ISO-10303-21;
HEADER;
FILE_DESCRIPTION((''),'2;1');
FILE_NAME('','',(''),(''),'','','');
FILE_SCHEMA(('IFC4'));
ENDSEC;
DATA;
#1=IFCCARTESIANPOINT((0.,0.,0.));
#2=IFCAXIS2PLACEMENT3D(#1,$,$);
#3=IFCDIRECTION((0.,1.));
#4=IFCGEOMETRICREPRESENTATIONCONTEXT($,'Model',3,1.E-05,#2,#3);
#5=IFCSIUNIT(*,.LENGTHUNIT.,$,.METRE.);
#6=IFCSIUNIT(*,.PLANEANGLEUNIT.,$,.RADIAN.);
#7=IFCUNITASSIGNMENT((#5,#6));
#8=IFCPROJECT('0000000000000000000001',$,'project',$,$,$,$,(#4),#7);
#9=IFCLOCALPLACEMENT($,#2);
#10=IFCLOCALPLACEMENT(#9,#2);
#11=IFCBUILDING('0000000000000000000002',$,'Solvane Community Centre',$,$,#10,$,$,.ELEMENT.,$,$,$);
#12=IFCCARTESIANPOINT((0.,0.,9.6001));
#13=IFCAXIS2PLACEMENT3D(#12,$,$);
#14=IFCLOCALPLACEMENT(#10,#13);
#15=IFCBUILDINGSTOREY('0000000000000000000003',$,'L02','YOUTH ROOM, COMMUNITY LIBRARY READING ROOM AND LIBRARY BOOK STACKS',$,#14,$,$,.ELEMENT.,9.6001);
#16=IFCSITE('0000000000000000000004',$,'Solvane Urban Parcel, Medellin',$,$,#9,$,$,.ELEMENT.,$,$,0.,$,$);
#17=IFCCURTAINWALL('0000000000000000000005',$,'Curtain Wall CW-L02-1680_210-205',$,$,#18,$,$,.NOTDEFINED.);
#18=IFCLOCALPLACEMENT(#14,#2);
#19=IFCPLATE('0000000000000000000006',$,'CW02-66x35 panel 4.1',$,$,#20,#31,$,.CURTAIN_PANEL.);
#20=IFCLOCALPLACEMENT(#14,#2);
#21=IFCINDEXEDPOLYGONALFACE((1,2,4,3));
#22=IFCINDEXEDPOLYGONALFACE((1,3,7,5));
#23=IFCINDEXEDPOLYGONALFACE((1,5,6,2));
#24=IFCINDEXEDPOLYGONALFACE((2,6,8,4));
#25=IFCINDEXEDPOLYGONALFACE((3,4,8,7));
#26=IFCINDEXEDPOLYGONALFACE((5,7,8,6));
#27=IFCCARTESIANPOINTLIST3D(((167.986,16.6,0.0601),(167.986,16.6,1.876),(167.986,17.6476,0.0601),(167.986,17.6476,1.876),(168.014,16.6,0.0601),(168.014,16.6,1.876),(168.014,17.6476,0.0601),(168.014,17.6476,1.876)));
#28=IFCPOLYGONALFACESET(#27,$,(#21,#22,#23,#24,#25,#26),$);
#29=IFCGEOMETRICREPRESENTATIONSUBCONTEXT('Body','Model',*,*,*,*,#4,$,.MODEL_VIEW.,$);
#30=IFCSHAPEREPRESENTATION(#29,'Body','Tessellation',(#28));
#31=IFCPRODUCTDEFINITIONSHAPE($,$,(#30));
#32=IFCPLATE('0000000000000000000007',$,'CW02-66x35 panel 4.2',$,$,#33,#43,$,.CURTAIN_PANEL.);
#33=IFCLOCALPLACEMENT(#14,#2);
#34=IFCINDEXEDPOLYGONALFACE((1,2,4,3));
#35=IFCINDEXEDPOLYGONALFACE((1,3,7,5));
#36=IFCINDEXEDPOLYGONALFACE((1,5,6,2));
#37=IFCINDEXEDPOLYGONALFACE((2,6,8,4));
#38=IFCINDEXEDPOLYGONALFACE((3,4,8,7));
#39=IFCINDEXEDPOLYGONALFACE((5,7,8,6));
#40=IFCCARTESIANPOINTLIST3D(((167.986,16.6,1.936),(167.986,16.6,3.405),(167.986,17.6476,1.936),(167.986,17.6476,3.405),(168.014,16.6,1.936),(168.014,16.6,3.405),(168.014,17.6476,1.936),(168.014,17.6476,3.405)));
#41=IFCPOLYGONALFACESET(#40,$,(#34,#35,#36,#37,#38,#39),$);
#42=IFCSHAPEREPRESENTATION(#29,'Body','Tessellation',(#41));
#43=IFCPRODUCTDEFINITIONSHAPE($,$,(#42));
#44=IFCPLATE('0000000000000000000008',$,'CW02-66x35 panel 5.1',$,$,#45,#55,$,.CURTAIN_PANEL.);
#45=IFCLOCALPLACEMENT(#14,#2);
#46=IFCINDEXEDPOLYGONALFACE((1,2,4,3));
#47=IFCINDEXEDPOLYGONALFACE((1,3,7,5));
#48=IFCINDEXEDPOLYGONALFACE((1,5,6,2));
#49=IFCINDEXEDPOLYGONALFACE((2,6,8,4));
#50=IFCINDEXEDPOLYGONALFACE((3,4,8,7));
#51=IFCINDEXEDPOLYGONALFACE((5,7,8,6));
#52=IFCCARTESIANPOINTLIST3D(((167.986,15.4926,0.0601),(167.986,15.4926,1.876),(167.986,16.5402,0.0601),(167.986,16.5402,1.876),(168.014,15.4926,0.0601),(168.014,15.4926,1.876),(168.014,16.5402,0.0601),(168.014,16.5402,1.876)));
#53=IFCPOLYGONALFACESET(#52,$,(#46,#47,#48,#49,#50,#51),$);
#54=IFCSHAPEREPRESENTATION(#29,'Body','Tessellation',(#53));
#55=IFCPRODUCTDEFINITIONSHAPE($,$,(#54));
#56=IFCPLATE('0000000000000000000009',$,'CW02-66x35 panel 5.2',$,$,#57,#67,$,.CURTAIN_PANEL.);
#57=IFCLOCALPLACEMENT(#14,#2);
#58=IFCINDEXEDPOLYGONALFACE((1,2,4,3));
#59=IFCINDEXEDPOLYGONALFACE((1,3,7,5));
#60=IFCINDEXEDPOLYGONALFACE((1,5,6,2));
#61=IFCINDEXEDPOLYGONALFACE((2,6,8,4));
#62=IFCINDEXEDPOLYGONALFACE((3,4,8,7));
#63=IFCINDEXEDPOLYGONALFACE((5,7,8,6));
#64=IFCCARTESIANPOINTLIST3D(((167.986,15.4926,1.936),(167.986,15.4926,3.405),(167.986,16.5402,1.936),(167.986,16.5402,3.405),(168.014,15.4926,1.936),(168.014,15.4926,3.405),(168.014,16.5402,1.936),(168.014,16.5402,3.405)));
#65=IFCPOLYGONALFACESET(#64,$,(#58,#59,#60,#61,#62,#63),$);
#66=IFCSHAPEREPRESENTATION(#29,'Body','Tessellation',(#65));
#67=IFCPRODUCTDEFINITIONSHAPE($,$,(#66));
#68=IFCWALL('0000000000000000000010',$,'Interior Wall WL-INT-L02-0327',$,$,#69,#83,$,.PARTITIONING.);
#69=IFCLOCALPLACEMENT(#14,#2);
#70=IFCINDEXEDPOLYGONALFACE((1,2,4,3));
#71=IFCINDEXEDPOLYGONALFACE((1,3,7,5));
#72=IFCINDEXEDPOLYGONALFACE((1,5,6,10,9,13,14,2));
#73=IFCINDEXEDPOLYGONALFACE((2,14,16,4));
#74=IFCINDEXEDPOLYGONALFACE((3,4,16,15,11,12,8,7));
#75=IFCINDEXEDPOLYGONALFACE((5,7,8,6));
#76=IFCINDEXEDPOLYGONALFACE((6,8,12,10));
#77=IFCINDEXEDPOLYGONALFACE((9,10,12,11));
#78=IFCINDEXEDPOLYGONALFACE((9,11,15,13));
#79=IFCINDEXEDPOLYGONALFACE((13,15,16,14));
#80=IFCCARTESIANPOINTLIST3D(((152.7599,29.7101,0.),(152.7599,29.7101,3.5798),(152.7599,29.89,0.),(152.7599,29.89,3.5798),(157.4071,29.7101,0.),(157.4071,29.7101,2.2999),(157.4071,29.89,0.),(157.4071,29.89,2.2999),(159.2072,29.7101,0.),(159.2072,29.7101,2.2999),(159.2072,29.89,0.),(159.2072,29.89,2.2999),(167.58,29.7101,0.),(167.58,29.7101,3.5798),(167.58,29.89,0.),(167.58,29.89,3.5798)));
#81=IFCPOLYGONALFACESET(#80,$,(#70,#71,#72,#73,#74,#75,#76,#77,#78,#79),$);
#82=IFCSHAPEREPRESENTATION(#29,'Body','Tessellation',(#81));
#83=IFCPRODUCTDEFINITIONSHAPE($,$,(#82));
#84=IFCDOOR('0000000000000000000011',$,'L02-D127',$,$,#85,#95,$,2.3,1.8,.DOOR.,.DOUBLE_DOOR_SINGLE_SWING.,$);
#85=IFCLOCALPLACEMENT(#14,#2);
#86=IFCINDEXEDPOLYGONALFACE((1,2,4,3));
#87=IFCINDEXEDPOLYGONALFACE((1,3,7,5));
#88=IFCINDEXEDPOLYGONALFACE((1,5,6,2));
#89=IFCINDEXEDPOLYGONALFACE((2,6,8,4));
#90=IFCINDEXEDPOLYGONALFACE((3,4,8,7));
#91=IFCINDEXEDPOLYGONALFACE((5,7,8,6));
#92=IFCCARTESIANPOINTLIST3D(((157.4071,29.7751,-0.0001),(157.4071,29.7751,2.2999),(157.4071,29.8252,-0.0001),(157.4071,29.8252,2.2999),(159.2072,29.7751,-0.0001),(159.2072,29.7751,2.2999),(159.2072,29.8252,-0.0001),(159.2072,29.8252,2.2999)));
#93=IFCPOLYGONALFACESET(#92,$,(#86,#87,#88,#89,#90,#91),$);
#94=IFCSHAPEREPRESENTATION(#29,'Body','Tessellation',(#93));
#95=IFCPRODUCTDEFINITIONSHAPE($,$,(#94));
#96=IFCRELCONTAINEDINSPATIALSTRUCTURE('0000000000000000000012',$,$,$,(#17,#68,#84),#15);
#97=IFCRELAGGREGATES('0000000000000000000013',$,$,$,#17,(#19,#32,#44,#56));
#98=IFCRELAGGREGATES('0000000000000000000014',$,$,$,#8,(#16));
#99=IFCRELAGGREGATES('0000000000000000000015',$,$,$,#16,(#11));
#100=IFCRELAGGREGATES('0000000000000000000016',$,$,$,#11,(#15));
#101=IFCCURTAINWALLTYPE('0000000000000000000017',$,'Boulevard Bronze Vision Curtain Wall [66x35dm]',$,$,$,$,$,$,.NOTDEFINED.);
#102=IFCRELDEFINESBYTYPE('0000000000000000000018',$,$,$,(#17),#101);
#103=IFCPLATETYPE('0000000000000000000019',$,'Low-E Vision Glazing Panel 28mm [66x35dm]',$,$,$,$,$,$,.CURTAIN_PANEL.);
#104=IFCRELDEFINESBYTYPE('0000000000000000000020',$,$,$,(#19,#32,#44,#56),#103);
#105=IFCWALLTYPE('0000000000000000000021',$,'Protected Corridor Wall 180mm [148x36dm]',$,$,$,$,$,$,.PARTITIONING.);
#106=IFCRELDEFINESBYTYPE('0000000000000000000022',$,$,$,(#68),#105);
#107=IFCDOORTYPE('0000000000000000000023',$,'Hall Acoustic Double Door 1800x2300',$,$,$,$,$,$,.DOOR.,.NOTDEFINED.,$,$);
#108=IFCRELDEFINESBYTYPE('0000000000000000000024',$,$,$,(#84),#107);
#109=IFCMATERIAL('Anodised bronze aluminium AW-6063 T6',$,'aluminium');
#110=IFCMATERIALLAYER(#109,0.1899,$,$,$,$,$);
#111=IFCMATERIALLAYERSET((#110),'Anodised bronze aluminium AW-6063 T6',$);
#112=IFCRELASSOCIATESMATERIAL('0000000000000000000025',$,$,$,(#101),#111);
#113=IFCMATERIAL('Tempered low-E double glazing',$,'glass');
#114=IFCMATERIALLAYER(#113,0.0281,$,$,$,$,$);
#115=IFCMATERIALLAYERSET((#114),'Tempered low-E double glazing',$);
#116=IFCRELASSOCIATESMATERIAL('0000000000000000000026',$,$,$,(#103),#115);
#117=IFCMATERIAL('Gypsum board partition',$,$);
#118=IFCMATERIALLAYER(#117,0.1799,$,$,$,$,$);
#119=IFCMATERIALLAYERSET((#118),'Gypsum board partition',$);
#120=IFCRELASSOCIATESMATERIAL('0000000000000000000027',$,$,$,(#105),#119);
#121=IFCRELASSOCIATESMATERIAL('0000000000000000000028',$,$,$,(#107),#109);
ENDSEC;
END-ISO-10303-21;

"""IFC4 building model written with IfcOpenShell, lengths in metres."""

from ifc_helpers import new_model, si_unit, direction, frame, frame_2d, origin, origin_2d, place, context, subcontext, project, spatial, rectangle, extrude, material, layer, layer_set, type_object, element, fill, aggregate, save


model = new_model("IFC4")

# Units and contexts
model_context = context("Model", 3, precision=1e-05, world=origin(), true_north=direction((0.0, 1.0)))
body_context = subcontext(model_context, "Body", "Model", "MODEL_VIEW")
ifc_project = project(units=[si_unit("LENGTHUNIT", "METRE"), si_unit("PLANEANGLEUNIT", "RADIAN")], contexts=[model_context])

# Site, building, storey
site_placement = place(None, origin())
site = spatial("IfcSite", under=ifc_project, at=site_placement, Name="Solvane Urban Parcel, Medellin", CompositionType="ELEMENT", RefElevation=0.0)
building_placement = place(site_placement, origin())
building = spatial("IfcBuilding", under=site, at=building_placement, Name="Solvane Community Centre", CompositionType="ELEMENT")
storey_placement = place(building_placement, frame((0.0, 0.0, 9.6001)))
storey = spatial("IfcBuildingStorey", under=building, at=storey_placement, Name="L02", Description="YOUTH ROOM, COMMUNITY LIBRARY READING ROOM AND LIBRARY BOOK STACKS", CompositionType="ELEMENT", Elevation=9.6001)

# Curtain wall
ifc_material_1 = material(Name="Anodised bronze aluminium AW-6063 T6", Category="aluminium")
ifc_layer_1 = layer(ifc_material_1, 0.1899)
ifc_layer_set_1 = layer_set([ifc_layer_1], Name="Anodised bronze aluminium AW-6063 T6")
curtain_wall_type = type_object("IfcCurtainWallType", Name="Boulevard Bronze Vision Curtain Wall [66x35dm]", PredefinedType="NOTDEFINED", material=ifc_layer_set_1)
curtain_wall_placement = place(storey_placement, origin())
curtain_wall = element("IfcCurtainWall", 1, at=curtain_wall_placement, inside=storey, type_object=curtain_wall_type, Name="Curtain Wall CW-L02-1680_210-205", PredefinedType="NOTDEFINED")

# Plates
ifc_material_2 = material(Name="Tempered low-E double glazing", Category="glass")
ifc_layer_2 = layer(ifc_material_2, 0.0281)
ifc_layer_set_2 = layer_set([ifc_layer_2], Name="Tempered low-E double glazing")
plate_type = type_object("IfcPlateType", Name="Low-E Vision Glazing Panel 28mm [66x35dm]", PredefinedType="CURTAIN_PANEL", material=ifc_layer_set_2)
plate_1_placement = place(storey_placement, frame((168.0, 17.1238, 0.0601), z_axis=(0.0, 0.0, 1.0), x_axis=(0.0, -1.0, 0.0)))
plate_1 = element("IfcPlate", 2, at=plate_1_placement, type_object=plate_type, Name="CW02-66x35 panel 4.1", PredefinedType="CURTAIN_PANEL", context=body_context, shape_type="SweptSolid", body=[
    extrude(rectangle(XDim=1.0476, YDim=0.0281, at=origin_2d()), origin(), (0.0, 0.0, 1.0), 1.8159),
])
plate_2_placement = place(storey_placement, frame((168.0, 17.1238, 1.936), z_axis=(0.0, 0.0, 1.0), x_axis=(0.0, -1.0, 0.0)))
plate_2 = element("IfcPlate", 3, at=plate_2_placement, type_object=plate_type, Name="CW02-66x35 panel 4.2", PredefinedType="CURTAIN_PANEL", context=body_context, shape_type="SweptSolid", body=[
    extrude(rectangle(XDim=1.0476, YDim=0.0281, at=origin_2d()), origin(), (0.0, 0.0, 1.0), 1.469),
])
plate_3_placement = place(storey_placement, frame((168.0, 16.0164, 0.0601), z_axis=(0.0, 0.0, 1.0), x_axis=(0.0, -1.0, 0.0)))
plate_3 = element("IfcPlate", 4, at=plate_3_placement, type_object=plate_type, Name="CW02-66x35 panel 5.1", PredefinedType="CURTAIN_PANEL", context=body_context, shape_type="SweptSolid", body=[
    extrude(rectangle(XDim=1.0476, YDim=0.0281, at=origin_2d()), origin(), (0.0, 0.0, 1.0), 1.8159),
])
plate_4_placement = place(storey_placement, frame((168.0, 16.0164, 1.936), z_axis=(0.0, 0.0, 1.0), x_axis=(0.0, -1.0, 0.0)))
plate_4 = element("IfcPlate", 5, at=plate_4_placement, type_object=plate_type, Name="CW02-66x35 panel 5.2", PredefinedType="CURTAIN_PANEL", context=body_context, shape_type="SweptSolid", body=[
    extrude(rectangle(XDim=1.0476, YDim=0.0281, at=origin_2d()), origin(), (0.0, 0.0, 1.0), 1.469),
])
aggregate(curtain_wall, [plate_1, plate_2, plate_3, plate_4])

# Wall, opening, door
ifc_material_3 = material(Name="Gypsum board partition")
ifc_layer_3 = layer(ifc_material_3, 0.1799)
ifc_layer_set_3 = layer_set([ifc_layer_3], Name="Gypsum board partition")
wall_type = type_object("IfcWallType", Name="Protected Corridor Wall 180mm [148x36dm]", PredefinedType="PARTITIONING", material=ifc_layer_set_3)
wall_placement = place(storey_placement, frame((167.5801, 29.8, 0.0), z_axis=(0.0, 0.0, 1.0), x_axis=(-1.0, 0.0, 0.0)))
wall = element("IfcWall", 6, at=wall_placement, inside=storey, type_object=wall_type, Name="Interior Wall WL-INT-L02-0327", PredefinedType="PARTITIONING", context=body_context, shape_type="SweptSolid", body=[
    extrude(rectangle(XDim=14.8201, YDim=0.1799, at=frame_2d((7.4102, 0.0))), origin(), (0.0, 0.0, 1.0), 3.5798),
])
opening_placement = place(wall_placement, frame((8.373, 0.0, 0.0)))
opening = element("IfcOpeningElement", 7, at=opening_placement, cuts=wall, PredefinedType="OPENING", context=body_context, shape_type="SweptSolid", body=[
    extrude(rectangle(XDim=1.8, YDim=2.3, at=frame_2d((0.8999, 1.1499))), frame((0.0, 0.0999, 0.0), z_axis=(0.0, -1.0, 0.0), x_axis=(1.0, 0.0, 0.0)), (0.0, 0.0, 1.0), 0.2),
])
door_type = type_object("IfcDoorType", Name="Hall Acoustic Double Door 1800x2300", OperationType="NOTDEFINED", PredefinedType="DOOR", material=ifc_material_1)
door_placement = place(opening_placement, origin())
door = element("IfcDoor", 8, at=door_placement, inside=storey, type_object=door_type, Name="L02-D127", OperationType="DOUBLE_DOOR_SINGLE_SWING", OverallHeight=2.3, OverallWidth=1.8, PredefinedType="DOOR", context=body_context, shape_type="SweptSolid", body=[
    extrude(rectangle(XDim=1.8, YDim=2.3, at=frame_2d((0.8999, 1.1499))), frame((0.0, 0.0249, 0.0), z_axis=(0.0, -1.0, 0.0), x_axis=(1.0, 0.0, 0.0)), (0.0, 0.0, 1.0), 0.05),
])
fill(opening, door)

save(model, "model.ifc")
